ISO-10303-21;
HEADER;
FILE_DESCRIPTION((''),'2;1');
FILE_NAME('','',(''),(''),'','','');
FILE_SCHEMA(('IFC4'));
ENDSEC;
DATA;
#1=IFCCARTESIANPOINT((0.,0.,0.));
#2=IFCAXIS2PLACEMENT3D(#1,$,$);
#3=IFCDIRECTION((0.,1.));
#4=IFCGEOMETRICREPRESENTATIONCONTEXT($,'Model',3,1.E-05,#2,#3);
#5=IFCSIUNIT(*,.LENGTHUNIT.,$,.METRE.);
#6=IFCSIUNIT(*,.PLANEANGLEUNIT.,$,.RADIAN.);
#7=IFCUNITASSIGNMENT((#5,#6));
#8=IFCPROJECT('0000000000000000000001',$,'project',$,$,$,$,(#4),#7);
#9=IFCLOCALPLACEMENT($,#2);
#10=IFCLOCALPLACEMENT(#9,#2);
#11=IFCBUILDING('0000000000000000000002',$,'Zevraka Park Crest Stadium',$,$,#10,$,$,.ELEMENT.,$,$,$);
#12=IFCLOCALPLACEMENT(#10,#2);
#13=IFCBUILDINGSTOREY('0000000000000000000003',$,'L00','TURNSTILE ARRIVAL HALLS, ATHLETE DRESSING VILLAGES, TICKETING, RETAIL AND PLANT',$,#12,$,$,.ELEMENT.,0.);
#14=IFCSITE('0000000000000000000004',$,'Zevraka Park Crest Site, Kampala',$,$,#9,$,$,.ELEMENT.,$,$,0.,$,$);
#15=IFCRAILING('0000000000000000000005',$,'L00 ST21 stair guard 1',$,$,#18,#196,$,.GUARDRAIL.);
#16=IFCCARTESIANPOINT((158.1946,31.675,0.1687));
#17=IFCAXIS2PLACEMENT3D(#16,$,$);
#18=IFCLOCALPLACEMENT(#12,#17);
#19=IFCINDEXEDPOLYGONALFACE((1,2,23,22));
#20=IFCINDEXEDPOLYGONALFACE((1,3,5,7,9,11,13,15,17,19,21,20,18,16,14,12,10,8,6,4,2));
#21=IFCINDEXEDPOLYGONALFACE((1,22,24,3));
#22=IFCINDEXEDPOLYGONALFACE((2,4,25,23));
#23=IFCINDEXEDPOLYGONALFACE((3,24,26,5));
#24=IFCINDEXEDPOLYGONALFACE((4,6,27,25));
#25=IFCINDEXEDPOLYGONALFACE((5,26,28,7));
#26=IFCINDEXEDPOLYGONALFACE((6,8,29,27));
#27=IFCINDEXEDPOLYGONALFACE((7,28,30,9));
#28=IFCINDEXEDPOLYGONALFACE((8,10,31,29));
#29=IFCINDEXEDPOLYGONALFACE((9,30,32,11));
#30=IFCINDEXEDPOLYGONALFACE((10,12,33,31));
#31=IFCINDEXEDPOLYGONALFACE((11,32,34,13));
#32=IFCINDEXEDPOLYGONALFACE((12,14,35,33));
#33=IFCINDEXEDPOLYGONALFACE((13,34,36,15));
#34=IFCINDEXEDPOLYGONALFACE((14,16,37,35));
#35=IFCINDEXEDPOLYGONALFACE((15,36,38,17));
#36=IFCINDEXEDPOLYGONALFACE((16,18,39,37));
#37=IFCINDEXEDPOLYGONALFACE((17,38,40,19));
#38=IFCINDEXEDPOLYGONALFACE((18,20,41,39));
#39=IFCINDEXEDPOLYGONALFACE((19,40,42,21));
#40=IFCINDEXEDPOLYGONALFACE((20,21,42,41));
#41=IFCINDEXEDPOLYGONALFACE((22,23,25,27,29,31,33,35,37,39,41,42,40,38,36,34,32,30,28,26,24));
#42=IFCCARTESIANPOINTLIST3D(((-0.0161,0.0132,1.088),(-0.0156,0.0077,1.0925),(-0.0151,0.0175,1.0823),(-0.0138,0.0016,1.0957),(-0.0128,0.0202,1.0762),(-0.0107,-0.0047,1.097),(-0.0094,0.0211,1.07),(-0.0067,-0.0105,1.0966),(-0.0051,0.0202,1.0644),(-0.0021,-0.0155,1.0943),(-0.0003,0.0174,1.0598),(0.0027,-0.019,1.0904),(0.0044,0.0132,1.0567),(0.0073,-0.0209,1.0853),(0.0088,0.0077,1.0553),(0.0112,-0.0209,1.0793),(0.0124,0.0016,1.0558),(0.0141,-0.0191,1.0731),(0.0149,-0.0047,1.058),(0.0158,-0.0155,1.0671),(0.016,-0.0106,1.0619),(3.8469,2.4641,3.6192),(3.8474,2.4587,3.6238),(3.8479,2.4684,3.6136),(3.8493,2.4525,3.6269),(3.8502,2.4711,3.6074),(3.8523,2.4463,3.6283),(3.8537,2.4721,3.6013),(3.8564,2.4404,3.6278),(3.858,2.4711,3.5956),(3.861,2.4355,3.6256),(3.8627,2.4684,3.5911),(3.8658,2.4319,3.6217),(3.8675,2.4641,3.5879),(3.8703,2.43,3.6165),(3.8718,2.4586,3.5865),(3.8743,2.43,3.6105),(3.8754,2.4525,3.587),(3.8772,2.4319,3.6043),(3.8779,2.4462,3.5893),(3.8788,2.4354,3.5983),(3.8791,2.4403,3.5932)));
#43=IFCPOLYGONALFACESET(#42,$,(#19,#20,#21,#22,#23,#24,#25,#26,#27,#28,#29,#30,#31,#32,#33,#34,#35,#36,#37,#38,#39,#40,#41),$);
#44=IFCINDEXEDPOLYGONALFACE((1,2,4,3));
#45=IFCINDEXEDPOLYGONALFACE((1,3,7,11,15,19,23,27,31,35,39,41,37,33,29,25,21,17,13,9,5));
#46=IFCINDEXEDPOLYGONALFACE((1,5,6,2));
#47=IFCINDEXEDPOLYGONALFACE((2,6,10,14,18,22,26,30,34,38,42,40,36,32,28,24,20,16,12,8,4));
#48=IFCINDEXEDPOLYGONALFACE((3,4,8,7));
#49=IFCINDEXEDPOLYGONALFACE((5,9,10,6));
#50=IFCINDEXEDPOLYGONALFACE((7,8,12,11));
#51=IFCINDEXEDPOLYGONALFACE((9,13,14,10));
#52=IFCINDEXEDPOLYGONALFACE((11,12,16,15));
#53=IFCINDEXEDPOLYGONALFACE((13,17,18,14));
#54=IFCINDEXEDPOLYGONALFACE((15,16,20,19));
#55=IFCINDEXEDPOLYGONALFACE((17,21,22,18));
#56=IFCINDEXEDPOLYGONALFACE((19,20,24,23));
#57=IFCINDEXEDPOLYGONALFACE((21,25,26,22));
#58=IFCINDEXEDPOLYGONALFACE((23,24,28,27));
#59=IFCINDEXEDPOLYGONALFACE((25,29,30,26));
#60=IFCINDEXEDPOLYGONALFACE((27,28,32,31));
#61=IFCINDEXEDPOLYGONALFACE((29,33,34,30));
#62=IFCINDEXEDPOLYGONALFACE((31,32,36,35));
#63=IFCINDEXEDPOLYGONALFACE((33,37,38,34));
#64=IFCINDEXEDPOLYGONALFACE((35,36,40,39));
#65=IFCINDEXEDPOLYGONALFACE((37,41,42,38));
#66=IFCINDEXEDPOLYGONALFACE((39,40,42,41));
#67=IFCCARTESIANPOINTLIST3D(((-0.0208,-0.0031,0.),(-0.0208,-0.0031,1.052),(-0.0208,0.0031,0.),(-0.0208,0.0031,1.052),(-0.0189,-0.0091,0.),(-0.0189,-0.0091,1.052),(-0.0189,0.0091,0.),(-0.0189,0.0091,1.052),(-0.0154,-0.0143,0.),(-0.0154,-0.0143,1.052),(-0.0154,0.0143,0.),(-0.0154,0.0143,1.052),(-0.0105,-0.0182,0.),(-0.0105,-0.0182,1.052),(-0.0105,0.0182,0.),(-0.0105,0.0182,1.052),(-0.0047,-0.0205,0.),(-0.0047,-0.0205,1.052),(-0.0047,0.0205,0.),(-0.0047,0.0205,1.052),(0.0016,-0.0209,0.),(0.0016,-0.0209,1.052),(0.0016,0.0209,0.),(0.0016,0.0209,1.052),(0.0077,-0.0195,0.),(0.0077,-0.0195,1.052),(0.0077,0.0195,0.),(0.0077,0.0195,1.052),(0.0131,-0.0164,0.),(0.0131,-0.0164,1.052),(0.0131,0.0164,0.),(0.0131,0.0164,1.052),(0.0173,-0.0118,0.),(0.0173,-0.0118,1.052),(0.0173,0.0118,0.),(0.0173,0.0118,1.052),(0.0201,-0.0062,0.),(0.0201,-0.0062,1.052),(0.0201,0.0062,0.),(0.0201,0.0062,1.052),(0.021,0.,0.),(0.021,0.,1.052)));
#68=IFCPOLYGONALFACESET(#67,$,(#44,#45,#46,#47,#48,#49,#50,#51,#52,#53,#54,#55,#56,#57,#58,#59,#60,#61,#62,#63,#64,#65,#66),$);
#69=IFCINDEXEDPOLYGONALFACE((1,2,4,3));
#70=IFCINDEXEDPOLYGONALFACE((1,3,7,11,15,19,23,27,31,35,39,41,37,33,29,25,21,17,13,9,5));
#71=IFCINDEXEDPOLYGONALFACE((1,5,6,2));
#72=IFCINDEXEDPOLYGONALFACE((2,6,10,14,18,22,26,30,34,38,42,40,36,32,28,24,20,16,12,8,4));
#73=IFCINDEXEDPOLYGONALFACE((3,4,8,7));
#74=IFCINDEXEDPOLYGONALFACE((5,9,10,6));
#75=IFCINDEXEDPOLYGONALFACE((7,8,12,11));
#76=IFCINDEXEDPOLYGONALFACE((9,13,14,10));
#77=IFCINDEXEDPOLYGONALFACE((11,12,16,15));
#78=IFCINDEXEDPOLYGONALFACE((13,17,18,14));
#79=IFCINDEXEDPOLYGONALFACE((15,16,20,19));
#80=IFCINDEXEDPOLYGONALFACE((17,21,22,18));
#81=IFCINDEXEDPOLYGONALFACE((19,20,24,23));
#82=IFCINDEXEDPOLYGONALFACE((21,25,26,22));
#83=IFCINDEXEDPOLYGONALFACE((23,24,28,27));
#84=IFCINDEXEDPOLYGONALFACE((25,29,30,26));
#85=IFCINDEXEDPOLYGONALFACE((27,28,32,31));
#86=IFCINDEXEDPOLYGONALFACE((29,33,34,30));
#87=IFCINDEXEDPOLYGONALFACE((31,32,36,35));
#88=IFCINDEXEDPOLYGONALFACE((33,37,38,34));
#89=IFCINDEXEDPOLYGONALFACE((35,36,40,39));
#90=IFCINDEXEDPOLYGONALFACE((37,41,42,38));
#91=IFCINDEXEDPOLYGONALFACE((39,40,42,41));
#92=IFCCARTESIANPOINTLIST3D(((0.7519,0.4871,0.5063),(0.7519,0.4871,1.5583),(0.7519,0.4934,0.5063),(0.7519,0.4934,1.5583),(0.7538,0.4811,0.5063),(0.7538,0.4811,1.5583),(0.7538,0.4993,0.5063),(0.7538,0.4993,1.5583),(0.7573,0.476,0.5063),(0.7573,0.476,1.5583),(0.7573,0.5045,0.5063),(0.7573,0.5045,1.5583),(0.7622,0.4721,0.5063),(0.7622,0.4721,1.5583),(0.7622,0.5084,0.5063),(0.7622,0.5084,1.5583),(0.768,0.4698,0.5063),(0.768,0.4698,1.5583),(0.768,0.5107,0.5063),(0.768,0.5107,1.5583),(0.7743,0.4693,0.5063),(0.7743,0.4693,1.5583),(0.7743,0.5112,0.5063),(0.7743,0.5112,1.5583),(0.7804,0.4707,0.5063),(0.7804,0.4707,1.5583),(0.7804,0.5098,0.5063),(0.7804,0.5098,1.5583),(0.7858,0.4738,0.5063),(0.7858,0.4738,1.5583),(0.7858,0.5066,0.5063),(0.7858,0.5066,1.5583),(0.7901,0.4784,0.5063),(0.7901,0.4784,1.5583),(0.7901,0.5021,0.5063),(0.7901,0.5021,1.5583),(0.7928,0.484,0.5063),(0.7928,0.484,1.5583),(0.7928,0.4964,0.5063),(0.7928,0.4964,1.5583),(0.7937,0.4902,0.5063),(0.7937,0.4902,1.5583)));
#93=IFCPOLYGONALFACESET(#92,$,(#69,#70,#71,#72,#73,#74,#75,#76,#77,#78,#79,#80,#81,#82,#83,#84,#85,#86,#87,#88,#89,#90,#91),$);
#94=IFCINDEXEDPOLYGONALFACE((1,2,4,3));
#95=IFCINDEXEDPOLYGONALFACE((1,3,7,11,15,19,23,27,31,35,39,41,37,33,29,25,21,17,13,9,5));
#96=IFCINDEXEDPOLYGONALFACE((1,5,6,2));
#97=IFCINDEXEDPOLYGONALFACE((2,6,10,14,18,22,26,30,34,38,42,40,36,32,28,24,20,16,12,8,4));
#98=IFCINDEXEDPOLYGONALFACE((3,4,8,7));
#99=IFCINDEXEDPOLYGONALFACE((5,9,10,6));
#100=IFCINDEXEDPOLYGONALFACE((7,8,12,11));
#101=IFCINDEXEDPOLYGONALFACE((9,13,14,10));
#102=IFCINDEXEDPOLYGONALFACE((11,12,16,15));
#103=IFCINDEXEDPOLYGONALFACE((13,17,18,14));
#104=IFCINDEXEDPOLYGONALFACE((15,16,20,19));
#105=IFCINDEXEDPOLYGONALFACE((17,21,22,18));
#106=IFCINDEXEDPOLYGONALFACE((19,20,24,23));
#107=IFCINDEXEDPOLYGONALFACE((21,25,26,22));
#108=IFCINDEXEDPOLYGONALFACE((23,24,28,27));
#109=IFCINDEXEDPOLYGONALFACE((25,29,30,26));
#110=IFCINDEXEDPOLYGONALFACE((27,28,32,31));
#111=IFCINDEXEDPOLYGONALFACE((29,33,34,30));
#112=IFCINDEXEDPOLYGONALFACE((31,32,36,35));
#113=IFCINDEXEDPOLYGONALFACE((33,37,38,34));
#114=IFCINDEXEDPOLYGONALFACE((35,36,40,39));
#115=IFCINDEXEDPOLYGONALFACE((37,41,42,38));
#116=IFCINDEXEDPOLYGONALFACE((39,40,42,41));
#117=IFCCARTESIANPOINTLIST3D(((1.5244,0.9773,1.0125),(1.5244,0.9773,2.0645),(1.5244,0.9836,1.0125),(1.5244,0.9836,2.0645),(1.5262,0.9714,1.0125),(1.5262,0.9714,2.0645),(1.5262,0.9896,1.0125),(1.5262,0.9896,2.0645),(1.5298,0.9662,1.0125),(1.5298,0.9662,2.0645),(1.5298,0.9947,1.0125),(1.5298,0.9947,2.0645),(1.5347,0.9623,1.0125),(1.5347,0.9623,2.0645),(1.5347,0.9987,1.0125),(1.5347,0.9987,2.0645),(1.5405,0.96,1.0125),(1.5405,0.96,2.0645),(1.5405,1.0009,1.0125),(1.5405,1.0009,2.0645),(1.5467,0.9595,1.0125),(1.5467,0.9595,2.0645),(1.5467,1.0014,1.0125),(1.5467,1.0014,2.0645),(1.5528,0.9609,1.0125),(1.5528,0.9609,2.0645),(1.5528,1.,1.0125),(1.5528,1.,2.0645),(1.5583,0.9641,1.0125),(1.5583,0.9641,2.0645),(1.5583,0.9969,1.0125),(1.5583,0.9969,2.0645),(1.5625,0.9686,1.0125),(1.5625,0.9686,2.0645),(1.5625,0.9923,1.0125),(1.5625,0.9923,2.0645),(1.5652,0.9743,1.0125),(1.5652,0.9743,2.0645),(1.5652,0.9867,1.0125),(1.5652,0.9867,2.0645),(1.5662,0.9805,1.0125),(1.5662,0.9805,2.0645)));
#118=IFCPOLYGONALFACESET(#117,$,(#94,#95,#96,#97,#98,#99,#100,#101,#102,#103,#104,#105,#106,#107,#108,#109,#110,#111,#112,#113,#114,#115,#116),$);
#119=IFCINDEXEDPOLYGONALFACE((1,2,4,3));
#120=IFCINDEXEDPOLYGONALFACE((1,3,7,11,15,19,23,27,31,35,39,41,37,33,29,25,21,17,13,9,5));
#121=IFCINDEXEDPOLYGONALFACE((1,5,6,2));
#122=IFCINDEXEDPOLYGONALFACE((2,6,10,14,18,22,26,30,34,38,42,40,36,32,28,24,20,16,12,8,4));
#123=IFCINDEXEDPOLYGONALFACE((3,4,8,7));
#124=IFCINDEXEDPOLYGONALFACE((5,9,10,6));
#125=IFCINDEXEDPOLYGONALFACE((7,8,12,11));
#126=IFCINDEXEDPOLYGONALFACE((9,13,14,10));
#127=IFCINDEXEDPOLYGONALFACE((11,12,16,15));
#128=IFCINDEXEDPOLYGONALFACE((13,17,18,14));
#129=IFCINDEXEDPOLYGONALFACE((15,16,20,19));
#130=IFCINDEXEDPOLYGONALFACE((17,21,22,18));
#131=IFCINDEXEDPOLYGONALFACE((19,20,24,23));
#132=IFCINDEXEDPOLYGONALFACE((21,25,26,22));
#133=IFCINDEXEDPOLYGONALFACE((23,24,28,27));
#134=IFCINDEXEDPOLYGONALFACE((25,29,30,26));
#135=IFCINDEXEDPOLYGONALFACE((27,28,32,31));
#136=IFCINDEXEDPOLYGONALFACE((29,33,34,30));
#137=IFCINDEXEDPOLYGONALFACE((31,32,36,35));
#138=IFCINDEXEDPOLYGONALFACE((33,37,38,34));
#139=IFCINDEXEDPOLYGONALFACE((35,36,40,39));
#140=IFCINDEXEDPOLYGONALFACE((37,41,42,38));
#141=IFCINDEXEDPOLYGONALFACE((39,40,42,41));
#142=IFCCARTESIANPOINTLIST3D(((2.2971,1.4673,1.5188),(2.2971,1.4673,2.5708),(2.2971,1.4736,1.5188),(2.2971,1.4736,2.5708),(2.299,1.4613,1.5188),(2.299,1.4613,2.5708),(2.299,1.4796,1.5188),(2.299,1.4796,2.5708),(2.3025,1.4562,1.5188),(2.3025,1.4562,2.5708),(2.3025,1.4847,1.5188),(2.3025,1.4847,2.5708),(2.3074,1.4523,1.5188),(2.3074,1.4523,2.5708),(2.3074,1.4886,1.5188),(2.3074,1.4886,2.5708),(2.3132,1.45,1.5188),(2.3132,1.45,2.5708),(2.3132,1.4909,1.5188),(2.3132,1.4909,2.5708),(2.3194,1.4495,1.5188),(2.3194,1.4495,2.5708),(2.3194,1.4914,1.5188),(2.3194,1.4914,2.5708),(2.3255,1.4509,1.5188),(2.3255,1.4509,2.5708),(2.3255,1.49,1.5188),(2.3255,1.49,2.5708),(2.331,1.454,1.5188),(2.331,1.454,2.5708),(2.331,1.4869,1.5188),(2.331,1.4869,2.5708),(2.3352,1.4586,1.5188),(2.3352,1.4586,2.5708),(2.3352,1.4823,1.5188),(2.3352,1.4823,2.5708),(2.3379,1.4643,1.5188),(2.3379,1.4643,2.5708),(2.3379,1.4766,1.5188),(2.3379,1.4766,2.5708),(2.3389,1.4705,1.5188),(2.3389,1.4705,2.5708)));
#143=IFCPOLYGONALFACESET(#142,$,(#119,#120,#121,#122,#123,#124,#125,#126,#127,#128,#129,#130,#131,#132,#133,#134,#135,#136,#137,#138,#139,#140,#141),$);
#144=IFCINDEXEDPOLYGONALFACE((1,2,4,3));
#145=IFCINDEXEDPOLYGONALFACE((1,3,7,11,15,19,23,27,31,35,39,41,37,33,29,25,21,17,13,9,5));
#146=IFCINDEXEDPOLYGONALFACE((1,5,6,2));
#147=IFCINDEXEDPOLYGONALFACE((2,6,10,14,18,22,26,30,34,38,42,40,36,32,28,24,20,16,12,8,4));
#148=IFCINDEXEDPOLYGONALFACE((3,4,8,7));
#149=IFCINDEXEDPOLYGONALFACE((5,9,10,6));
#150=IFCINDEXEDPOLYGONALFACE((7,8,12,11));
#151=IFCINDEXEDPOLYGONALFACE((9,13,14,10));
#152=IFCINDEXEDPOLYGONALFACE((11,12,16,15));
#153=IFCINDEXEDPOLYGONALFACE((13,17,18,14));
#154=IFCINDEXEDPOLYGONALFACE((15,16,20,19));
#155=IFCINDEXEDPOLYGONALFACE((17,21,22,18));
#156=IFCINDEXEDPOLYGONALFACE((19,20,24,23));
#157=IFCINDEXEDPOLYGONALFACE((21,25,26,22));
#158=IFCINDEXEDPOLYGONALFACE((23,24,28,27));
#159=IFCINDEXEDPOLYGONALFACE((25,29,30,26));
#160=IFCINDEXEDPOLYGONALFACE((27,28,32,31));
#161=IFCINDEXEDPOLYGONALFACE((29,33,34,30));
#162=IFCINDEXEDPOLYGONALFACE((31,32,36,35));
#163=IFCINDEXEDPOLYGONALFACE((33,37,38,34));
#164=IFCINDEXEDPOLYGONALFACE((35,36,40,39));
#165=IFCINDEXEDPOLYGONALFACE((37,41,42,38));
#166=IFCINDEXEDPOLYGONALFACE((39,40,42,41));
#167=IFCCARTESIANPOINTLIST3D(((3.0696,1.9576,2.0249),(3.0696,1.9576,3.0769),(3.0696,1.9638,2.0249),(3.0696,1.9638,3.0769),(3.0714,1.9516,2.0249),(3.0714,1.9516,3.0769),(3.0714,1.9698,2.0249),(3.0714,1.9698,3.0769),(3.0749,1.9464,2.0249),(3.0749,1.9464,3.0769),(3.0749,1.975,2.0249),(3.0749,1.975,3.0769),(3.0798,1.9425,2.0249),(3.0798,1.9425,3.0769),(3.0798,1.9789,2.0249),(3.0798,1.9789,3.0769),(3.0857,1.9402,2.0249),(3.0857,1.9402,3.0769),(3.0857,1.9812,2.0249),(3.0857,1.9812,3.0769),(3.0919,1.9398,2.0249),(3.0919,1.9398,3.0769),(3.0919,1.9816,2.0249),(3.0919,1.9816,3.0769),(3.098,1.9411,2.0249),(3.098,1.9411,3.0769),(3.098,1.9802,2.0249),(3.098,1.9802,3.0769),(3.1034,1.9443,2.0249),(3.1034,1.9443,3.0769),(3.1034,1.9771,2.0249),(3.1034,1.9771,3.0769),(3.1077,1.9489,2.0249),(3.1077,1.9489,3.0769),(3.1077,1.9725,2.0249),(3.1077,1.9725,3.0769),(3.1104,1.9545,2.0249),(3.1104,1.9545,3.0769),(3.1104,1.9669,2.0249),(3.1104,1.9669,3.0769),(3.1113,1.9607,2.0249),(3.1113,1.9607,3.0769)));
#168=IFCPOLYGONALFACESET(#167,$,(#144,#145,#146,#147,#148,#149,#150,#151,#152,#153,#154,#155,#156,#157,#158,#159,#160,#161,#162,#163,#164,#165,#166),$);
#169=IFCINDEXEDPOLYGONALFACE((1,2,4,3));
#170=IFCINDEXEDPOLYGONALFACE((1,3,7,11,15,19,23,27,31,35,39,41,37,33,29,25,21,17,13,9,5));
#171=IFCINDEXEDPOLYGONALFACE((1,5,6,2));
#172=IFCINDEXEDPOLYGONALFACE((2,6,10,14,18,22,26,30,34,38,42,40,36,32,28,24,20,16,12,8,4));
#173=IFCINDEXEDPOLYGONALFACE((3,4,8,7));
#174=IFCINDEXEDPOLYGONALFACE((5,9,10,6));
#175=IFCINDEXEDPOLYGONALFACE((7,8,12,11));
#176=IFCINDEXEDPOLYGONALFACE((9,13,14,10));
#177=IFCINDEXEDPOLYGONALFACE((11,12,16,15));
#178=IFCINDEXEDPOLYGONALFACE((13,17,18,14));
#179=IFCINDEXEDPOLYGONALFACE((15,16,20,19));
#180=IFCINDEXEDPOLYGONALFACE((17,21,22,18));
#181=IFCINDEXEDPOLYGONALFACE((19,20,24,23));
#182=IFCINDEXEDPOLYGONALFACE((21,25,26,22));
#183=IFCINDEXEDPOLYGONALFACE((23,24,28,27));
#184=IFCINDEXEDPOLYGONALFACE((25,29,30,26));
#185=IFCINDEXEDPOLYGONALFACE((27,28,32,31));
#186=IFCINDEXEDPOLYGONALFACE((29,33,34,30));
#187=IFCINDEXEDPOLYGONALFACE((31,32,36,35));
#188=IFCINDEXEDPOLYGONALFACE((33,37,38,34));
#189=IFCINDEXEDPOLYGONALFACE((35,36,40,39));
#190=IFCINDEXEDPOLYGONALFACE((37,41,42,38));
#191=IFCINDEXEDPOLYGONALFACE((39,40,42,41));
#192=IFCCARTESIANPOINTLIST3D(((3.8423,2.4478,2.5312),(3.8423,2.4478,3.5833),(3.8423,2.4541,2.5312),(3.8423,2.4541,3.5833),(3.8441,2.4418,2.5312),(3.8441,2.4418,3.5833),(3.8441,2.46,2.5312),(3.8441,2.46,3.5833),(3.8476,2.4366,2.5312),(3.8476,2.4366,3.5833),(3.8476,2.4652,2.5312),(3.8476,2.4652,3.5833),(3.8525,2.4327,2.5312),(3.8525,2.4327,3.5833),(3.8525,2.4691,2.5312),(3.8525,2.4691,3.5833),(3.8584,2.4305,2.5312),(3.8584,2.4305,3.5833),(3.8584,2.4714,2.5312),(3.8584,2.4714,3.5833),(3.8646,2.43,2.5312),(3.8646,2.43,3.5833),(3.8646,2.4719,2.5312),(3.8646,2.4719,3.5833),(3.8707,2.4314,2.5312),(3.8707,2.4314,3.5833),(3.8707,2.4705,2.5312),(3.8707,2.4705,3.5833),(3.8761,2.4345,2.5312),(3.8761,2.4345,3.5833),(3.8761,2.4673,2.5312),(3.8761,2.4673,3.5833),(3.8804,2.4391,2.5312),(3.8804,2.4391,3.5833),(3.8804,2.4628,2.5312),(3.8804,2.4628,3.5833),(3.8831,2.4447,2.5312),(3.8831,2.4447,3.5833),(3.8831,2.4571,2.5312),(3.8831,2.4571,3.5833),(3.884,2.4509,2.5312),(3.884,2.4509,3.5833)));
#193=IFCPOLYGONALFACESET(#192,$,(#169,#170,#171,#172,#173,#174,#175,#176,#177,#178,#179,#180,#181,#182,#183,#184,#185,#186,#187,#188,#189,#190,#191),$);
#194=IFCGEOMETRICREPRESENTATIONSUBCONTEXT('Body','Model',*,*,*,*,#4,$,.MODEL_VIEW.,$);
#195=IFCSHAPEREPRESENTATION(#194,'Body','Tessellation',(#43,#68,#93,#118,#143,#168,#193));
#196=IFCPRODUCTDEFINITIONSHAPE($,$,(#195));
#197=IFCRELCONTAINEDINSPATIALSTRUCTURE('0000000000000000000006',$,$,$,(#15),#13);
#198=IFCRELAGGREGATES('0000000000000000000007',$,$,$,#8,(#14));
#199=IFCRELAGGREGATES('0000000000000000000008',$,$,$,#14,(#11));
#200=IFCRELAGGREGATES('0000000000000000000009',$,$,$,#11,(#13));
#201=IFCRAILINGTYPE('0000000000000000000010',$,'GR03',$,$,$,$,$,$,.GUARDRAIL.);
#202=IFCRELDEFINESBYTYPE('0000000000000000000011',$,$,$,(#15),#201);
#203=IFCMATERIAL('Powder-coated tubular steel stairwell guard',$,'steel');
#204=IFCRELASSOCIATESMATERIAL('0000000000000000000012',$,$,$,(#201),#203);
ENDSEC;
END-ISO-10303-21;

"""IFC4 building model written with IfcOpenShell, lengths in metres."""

from ifc_helpers import new_model, si_unit, direction, frame, origin, origin_2d, place, context, subcontext, project, spatial, circle, extrude, material, type_object, element, save


model = new_model("IFC4")

# Units and contexts
model_context = context("Model", 3, precision=1e-05, world=origin(), true_north=direction((0.0, 1.0)))
body_context = subcontext(model_context, "Body", "Model", "MODEL_VIEW")
ifc_project = project(units=[si_unit("LENGTHUNIT", "METRE"), si_unit("PLANEANGLEUNIT", "RADIAN")], contexts=[model_context])

# Site, building, storey
site_placement = place(None, origin())
site = spatial("IfcSite", under=ifc_project, at=site_placement, Name="Zevraka Park Crest Site, Kampala", CompositionType="ELEMENT", RefElevation=0.0)
building_placement = place(site_placement, origin())
building = spatial("IfcBuilding", under=site, at=building_placement, Name="Zevraka Park Crest Stadium", CompositionType="ELEMENT")
storey_placement = place(building_placement, origin())
storey = spatial("IfcBuildingStorey", under=building, at=storey_placement, Name="L00", Description="TURNSTILE ARRIVAL HALLS, ATHLETE DRESSING VILLAGES, TICKETING, RETAIL AND PLANT", CompositionType="ELEMENT", Elevation=0.0)

# Railing
ifc_material_1 = material(Name="Powder-coated tubular steel stairwell guard", Category="steel")
railing_type = type_object("IfcRailingType", Name="GR03", PredefinedType="GUARDRAIL", material=ifc_material_1)
railing_1_placement = place(storey_placement, frame((158.1946, 31.675, 0.1687)))
element("IfcRailing", 1, at=railing_1_placement, inside=storey, type_object=railing_type, Name="L00 ST21 stair guard 1", PredefinedType="GUARDRAIL", context=body_context, shape_type="SweptSolid", body=[
    extrude(circle(Radius=0.0239, at=origin_2d()), frame((0.0, 0.0, 1.0762), z_axis=(0.738841, 0.468762, 0.484124), x_axis=(-0.535729, 0.84439, 0.0)), (0.0, 0.0, 1.0), 5.2285),
    extrude(circle(Radius=0.021, at=origin_2d()), origin(), (0.0, 0.0, 1.0), 1.052),
    extrude(circle(Radius=0.021, at=origin_2d()), frame((0.7727, 0.4902, 0.5063)), (0.0, 0.0, 1.0), 1.052),
    extrude(circle(Radius=0.021, at=origin_2d()), frame((1.5452, 0.9805, 1.0125)), (0.0, 0.0, 1.0), 1.052),
    extrude(circle(Radius=0.021, at=origin_2d()), frame((2.3179, 1.4705, 1.5188)), (0.0, 0.0, 1.0), 1.052),
    extrude(circle(Radius=0.021, at=origin_2d()), frame((3.0903, 1.9607, 2.0249)), (0.0, 0.0, 1.0), 1.052),
    extrude(circle(Radius=0.021, at=origin_2d()), frame((3.863, 2.4509, 2.5312)), (0.0, 0.0, 1.0), 1.052),
])

save(model, "model.ifc")
